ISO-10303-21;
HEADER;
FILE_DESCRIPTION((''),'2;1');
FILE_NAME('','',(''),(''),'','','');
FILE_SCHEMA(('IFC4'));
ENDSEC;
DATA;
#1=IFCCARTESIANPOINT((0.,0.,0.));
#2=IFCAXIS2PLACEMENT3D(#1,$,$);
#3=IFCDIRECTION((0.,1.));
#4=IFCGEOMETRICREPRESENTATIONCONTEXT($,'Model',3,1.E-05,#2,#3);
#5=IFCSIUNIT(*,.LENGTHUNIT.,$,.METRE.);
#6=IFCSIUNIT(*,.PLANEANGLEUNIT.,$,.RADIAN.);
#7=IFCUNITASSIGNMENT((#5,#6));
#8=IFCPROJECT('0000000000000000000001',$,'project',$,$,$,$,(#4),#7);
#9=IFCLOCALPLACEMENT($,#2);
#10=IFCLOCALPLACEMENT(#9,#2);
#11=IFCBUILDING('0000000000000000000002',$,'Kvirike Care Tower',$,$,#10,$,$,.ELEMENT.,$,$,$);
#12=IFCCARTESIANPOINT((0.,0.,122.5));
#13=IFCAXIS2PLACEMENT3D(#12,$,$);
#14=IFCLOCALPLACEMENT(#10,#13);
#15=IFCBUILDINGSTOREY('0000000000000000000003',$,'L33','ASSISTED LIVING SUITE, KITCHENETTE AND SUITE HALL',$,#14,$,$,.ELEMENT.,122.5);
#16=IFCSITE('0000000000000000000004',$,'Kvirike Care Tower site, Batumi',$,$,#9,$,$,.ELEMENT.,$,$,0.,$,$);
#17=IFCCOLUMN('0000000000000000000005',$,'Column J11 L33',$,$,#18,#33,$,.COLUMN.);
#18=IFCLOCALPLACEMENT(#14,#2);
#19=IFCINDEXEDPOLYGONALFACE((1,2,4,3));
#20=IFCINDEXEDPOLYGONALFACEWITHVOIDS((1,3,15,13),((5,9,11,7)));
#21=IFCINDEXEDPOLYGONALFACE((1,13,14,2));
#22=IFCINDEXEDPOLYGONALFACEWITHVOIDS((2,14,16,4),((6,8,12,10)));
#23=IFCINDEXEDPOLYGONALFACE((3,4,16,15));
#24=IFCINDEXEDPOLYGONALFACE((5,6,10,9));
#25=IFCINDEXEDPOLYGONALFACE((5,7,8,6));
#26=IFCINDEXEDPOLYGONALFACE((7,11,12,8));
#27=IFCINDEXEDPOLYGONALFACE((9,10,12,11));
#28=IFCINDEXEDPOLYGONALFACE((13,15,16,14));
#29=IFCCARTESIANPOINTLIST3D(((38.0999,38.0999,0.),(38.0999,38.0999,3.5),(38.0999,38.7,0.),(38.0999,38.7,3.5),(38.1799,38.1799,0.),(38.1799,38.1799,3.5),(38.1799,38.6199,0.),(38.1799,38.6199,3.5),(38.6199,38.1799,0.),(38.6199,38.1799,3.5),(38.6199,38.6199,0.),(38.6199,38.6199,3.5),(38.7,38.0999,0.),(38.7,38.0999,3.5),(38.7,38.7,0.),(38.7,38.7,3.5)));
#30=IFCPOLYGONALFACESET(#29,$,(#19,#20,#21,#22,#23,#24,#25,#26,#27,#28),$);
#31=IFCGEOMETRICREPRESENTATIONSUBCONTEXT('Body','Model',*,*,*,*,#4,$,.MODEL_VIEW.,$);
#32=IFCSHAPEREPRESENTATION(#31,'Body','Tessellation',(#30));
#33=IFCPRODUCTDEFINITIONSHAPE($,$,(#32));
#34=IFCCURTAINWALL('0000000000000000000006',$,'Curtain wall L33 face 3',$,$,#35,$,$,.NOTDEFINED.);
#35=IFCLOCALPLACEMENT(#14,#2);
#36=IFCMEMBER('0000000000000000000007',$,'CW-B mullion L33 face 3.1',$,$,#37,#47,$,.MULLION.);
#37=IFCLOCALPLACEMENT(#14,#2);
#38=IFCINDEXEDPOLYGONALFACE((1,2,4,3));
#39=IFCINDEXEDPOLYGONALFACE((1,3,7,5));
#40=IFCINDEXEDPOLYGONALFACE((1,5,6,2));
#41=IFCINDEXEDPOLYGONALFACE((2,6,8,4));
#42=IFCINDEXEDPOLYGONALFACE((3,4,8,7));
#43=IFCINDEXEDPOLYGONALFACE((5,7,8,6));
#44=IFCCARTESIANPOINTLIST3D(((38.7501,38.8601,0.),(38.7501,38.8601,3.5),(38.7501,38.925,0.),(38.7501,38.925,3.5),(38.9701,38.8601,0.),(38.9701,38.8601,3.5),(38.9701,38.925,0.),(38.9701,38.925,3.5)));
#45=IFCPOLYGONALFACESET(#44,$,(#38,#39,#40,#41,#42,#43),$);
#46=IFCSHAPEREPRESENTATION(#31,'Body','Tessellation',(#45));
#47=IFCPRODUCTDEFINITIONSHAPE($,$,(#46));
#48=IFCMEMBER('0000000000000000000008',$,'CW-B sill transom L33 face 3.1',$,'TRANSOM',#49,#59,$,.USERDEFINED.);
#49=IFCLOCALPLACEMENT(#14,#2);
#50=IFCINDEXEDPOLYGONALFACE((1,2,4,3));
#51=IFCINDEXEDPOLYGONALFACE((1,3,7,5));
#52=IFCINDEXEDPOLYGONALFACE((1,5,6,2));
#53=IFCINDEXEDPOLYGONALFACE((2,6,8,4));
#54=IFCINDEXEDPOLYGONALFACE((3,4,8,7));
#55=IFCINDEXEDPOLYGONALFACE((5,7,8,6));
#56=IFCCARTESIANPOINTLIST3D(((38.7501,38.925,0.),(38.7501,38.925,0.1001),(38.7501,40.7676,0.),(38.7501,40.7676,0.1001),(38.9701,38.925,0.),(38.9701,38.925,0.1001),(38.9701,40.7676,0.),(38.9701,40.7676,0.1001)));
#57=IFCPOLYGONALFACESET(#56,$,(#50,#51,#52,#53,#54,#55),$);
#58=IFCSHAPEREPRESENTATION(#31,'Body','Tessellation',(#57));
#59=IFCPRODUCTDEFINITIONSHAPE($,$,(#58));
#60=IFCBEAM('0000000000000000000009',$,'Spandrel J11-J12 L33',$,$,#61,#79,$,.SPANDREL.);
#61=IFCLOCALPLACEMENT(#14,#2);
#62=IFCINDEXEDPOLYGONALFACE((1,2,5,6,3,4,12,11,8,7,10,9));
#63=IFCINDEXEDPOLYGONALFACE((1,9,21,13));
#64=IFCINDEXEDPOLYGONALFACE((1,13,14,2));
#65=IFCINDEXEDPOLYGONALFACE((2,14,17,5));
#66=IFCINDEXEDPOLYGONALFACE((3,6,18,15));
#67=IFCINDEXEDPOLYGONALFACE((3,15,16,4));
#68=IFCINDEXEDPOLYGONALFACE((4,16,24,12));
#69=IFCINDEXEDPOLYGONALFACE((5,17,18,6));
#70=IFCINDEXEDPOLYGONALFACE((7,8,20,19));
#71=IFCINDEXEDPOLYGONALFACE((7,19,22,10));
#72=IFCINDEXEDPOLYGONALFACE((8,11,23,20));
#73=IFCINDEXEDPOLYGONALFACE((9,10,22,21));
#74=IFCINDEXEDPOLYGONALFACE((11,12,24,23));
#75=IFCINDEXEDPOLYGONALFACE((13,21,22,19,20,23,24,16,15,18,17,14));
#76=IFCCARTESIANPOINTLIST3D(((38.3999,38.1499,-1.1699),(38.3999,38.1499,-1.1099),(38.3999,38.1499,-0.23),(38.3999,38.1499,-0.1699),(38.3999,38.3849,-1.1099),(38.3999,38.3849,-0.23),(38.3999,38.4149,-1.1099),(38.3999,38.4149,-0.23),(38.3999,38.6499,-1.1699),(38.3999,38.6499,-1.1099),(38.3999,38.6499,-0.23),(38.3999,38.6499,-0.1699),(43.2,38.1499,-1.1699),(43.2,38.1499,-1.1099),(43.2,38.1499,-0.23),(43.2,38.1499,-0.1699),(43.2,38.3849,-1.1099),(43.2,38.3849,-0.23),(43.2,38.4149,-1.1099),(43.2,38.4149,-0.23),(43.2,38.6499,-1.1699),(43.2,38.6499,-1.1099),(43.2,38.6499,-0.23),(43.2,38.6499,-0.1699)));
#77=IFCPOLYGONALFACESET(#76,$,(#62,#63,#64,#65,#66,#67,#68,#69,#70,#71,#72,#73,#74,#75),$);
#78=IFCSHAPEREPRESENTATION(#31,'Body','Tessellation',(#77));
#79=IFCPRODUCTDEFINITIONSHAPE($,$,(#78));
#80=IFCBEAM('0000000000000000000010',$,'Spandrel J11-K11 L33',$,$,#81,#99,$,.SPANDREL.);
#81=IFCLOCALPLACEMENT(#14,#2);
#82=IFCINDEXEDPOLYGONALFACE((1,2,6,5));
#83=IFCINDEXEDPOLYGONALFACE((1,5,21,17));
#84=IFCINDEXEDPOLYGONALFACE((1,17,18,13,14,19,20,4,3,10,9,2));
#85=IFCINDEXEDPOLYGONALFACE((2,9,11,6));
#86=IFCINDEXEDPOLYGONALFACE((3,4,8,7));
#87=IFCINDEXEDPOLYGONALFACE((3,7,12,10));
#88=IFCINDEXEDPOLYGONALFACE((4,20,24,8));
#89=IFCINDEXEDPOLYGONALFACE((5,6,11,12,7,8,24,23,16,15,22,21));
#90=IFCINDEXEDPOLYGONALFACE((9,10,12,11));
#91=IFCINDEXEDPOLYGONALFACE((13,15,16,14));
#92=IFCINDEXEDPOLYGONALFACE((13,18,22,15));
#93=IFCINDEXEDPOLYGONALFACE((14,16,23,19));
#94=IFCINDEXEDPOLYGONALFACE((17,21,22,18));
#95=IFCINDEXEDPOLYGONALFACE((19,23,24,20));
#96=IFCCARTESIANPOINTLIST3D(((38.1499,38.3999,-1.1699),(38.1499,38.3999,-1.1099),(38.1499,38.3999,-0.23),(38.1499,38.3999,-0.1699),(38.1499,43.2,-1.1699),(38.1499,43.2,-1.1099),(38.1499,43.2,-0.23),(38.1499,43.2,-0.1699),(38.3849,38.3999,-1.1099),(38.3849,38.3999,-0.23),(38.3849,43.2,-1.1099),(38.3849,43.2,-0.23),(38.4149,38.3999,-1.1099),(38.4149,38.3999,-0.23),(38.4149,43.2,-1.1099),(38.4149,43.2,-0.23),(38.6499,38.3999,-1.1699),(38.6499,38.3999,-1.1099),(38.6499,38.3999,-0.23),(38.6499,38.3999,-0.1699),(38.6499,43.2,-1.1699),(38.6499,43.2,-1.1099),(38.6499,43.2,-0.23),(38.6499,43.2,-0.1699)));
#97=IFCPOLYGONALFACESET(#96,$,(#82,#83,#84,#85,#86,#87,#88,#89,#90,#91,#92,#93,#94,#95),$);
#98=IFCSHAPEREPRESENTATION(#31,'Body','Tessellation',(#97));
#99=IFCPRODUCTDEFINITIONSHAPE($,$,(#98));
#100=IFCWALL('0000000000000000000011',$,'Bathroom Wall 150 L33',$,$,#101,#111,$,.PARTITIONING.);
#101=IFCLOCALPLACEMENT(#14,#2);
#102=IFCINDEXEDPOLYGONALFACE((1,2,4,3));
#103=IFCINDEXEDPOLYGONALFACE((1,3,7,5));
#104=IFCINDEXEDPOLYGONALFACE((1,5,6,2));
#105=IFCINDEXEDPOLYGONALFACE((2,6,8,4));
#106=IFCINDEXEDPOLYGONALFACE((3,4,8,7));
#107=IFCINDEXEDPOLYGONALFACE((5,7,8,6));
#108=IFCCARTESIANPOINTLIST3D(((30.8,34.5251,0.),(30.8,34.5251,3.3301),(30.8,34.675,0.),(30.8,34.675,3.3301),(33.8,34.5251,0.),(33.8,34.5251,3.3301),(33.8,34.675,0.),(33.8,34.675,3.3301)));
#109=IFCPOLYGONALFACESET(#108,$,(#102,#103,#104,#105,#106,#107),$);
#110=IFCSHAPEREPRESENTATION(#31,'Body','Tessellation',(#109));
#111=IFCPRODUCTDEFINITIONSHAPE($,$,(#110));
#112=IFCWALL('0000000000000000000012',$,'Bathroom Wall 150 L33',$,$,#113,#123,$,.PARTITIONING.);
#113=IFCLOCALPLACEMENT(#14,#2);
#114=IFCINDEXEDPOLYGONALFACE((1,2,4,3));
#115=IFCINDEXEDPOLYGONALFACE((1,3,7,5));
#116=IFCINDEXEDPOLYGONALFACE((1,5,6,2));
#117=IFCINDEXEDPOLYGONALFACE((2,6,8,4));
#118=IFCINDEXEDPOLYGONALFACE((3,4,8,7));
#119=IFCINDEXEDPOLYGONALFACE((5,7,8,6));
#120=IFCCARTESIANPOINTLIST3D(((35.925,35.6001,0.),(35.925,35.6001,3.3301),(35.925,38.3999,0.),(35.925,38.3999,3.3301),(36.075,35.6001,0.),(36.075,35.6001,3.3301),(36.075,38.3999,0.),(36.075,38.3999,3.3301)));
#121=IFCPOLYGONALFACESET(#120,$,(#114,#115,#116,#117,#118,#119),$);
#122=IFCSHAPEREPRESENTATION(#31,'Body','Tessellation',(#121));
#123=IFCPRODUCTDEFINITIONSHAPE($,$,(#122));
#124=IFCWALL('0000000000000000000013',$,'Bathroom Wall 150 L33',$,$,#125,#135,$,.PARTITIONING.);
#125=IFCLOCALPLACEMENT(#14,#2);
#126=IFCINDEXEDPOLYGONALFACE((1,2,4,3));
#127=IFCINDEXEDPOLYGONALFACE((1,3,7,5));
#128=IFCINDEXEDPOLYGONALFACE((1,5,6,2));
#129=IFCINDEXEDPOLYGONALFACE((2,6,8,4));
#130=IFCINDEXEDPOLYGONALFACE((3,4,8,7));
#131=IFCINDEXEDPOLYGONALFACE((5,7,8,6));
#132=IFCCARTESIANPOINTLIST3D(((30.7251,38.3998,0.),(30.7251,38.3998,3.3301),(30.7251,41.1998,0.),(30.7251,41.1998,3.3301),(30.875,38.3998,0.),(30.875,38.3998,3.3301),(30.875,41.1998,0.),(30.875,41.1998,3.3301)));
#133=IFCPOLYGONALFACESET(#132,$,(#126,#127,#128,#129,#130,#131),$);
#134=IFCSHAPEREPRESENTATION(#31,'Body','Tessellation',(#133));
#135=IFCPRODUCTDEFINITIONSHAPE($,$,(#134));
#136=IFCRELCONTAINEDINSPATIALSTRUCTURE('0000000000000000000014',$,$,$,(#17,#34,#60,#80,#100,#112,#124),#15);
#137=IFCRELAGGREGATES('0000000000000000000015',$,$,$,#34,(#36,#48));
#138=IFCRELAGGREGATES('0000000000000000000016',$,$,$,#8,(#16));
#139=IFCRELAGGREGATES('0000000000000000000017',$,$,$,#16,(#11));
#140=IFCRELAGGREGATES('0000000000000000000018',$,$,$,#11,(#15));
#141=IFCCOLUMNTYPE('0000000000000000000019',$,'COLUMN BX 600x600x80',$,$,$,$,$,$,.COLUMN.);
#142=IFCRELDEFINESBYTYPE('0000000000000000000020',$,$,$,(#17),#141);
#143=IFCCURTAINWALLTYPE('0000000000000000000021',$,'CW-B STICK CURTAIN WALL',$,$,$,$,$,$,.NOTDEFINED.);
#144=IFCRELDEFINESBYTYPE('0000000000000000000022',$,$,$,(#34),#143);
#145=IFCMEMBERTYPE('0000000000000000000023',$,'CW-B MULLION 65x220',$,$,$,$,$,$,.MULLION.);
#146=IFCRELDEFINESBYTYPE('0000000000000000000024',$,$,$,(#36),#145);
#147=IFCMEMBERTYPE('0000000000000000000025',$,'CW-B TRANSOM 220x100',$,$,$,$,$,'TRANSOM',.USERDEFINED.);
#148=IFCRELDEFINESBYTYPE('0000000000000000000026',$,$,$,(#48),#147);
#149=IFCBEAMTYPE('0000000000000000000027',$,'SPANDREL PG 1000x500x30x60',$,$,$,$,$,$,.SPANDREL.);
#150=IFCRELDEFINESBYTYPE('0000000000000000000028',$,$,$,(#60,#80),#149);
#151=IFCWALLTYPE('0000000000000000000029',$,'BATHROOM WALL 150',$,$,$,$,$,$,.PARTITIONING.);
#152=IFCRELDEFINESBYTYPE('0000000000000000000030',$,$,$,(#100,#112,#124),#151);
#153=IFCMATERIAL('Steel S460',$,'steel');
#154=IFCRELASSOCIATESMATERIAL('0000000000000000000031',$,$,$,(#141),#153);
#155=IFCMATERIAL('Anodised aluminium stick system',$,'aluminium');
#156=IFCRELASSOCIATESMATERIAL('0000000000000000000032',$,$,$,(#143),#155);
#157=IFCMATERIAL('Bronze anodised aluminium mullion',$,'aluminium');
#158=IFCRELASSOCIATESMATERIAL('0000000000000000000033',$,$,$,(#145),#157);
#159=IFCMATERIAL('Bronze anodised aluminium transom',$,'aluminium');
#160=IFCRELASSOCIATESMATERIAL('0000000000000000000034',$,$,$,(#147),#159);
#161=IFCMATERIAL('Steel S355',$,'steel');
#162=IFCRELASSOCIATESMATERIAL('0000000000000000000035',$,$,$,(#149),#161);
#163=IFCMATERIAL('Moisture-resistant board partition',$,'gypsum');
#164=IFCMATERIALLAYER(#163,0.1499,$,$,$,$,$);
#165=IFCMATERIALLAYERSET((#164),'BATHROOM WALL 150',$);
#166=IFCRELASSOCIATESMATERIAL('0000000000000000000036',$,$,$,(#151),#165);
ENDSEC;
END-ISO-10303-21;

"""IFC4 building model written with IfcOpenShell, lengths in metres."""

from ifc_helpers import new_model, si_unit, direction, frame, frame_2d, origin, origin_2d, place, context, subcontext, project, spatial, rectangle, hollow_rectangle, i_section, extrude, material, layer, layer_set, material_profile, profile_set, type_object, element, aggregate, save


model = new_model("IFC4")

# Units and contexts
model_context = context("Model", 3, precision=1e-05, world=origin(), true_north=direction((0.0, 1.0)))
body_context = subcontext(model_context, "Body", "Model", "MODEL_VIEW")
ifc_project = project(units=[si_unit("LENGTHUNIT", "METRE"), si_unit("PLANEANGLEUNIT", "RADIAN")], contexts=[model_context])

# Site, building, storey
site_placement = place(None, origin())
site = spatial("IfcSite", under=ifc_project, at=site_placement, Name="Kvirike Care Tower site, Batumi", CompositionType="ELEMENT", RefElevation=0.0)
building_placement = place(site_placement, origin())
building = spatial("IfcBuilding", under=site, at=building_placement, Name="Kvirike Care Tower", CompositionType="ELEMENT")
storey_placement = place(building_placement, frame((0.0, 0.0, 122.5)))
storey = spatial("IfcBuildingStorey", under=building, at=storey_placement, Name="L33", Description="ASSISTED LIVING SUITE, KITCHENETTE AND SUITE HALL", CompositionType="ELEMENT", Elevation=122.5)

# Column
ifc_material_1 = material(Name="Steel S460", Category="steel")
ifc_material_profile_1 = material_profile(ifc_material_1, hollow_rectangle(XDim=0.6001, YDim=0.6001, WallThickness=0.0801, at=origin_2d()), Name="BX 600x600x80")
ifc_profile_set_1 = profile_set([ifc_material_profile_1], Name="Steel S460")
column_type = type_object("IfcColumnType", Name="COLUMN BX 600x600x80", PredefinedType="COLUMN", material=ifc_profile_set_1)
column_placement = place(storey_placement, frame((38.3999, 38.3999, 0.0), z_axis=(0.0, 0.0, 1.0), x_axis=(0.0, 1.0, 0.0)))
element("IfcColumn", 1, at=column_placement, inside=storey, type_object=column_type, Name="Column J11 L33", PredefinedType="COLUMN", context=body_context, shape_type="SweptSolid", body=[
    extrude(hollow_rectangle(XDim=0.6001, YDim=0.6001, WallThickness=0.0801, at=origin_2d()), origin(), (0.0, 0.0, 1.0), 3.5),
])

# Curtain wall, members
ifc_material_2 = material(Name="Anodised aluminium stick system", Category="aluminium")
curtain_wall_type = type_object("IfcCurtainWallType", Name="CW-B STICK CURTAIN WALL", PredefinedType="NOTDEFINED", material=ifc_material_2)
curtain_wall_placement = place(storey_placement, origin())
curtain_wall = element("IfcCurtainWall", 2, at=curtain_wall_placement, inside=storey, type_object=curtain_wall_type, Name="Curtain wall L33 face 3", PredefinedType="NOTDEFINED")
ifc_material_3 = material(Name="Bronze anodised aluminium mullion", Category="aluminium")
ifc_material_profile_2 = material_profile(ifc_material_3, rectangle(XDim=0.0649, YDim=0.22, at=origin_2d()), Name="CW-B MULLION 65x220")
ifc_profile_set_2 = profile_set([ifc_material_profile_2], Name="Bronze anodised aluminium mullion")
member_type_1 = type_object("IfcMemberType", Name="CW-B MULLION 65x220", PredefinedType="MULLION", material=ifc_profile_set_2)
member_1_placement = place(storey_placement, frame((38.8601, 38.8926, 0.0), z_axis=(0.0, 0.0, 1.0), x_axis=(0.0, 1.0, 0.0)))
member_1 = element("IfcMember", 3, at=member_1_placement, type_object=member_type_1, Name="CW-B mullion L33 face 3.1", PredefinedType="MULLION", context=body_context, shape_type="SweptSolid", body=[
    extrude(rectangle(XDim=0.0649, YDim=0.22, at=origin_2d()), origin(), (0.0, 0.0, 1.0), 3.5),
])
ifc_material_4 = material(Name="Bronze anodised aluminium transom", Category="aluminium")
ifc_material_profile_3 = material_profile(ifc_material_4, rectangle(XDim=0.22, YDim=0.1001, at=origin_2d()), Name="CW-B TRANSOM 220x100")
ifc_profile_set_3 = profile_set([ifc_material_profile_3], Name="Bronze anodised aluminium transom")
member_type_2 = type_object("IfcMemberType", Name="CW-B TRANSOM 220x100", ElementType="TRANSOM", PredefinedType="USERDEFINED", material=ifc_profile_set_3)
member_2_placement = place(storey_placement, frame((38.8601, 38.925, 0.05), z_axis=(0.0, 1.0, 0.0), x_axis=(-1.0, 0.0, 0.0)))
member_2 = element("IfcMember", 4, at=member_2_placement, type_object=member_type_2, Name="CW-B sill transom L33 face 3.1", ObjectType="TRANSOM", PredefinedType="USERDEFINED", context=body_context, shape_type="SweptSolid", body=[
    extrude(rectangle(XDim=0.22, YDim=0.1001, at=origin_2d()), origin(), (0.0, 0.0, 1.0), 1.8425),
])
aggregate(curtain_wall, [member_1, member_2])

# Beams
ifc_material_5 = material(Name="Steel S355", Category="steel")
ifc_material_profile_4 = material_profile(ifc_material_5, i_section(OverallWidth=0.5, OverallDepth=1.0, WebThickness=0.03, FlangeThickness=0.0601, at=origin_2d()), Name="PG 1000x500x30x60")
ifc_profile_set_4 = profile_set([ifc_material_profile_4], Name="Steel S355")
beam_type = type_object("IfcBeamType", Name="SPANDREL PG 1000x500x30x60", PredefinedType="SPANDREL", material=ifc_profile_set_4)
for number, where, z_axis, x_axis, name in (
    (5, (38.3999, 38.3999, -0.6699), (1.0, 0.0, 0.0), (0.0, 1.0, 0.0), "Spandrel J11-J12 L33"),
    (6, (38.3999, 38.3999, -0.6699), (0.0, 1.0, 0.0), (-1.0, 0.0, 0.0), "Spandrel J11-K11 L33"),
):
    element("IfcBeam", number, at=place(storey_placement, frame(where, z_axis=z_axis, x_axis=x_axis)), inside=storey, type_object=beam_type, Name=name, PredefinedType="SPANDREL", context=body_context, shape_type="SweptSolid", body=[
        extrude(i_section(OverallWidth=0.5, OverallDepth=1.0, WebThickness=0.03, FlangeThickness=0.0601, at=origin_2d()), origin(), (0.0, 0.0, 1.0), 4.8),
    ])

# Walls
ifc_material_6 = material(Name="Moisture-resistant board partition", Category="gypsum")
ifc_layer_1 = layer(ifc_material_6, 0.1499)
ifc_layer_set_1 = layer_set([ifc_layer_1], Name="BATHROOM WALL 150")
wall_type_1 = type_object("IfcWallType", Name="BATHROOM WALL 150", PredefinedType="PARTITIONING", material=ifc_layer_set_1)
wall_1_placement = place(storey_placement, frame((33.8, 34.6001, 0.0), z_axis=(0.0, 0.0, 1.0), x_axis=(-1.0, 0.0, 0.0)))
element("IfcWall", 7, at=wall_1_placement, inside=storey, type_object=wall_type_1, Name="Bathroom Wall 150 L33", PredefinedType="PARTITIONING", context=body_context, shape_type="SweptSolid", body=[
    extrude(rectangle(XDim=3.0, YDim=0.1499, at=frame_2d((1.5, 0.0))), origin(), (0.0, 0.0, 1.0), 3.3301),
])
wall_2_placement = place(storey_placement, frame((36.0, 35.6001, 0.0), z_axis=(0.0, 0.0, 1.0), x_axis=(0.0, 1.0, 0.0)))
element("IfcWall", 8, at=wall_2_placement, inside=storey, type_object=wall_type_1, Name="Bathroom Wall 150 L33", PredefinedType="PARTITIONING", context=body_context, shape_type="SweptSolid", body=[
    extrude(rectangle(XDim=2.7998, YDim=0.1499, at=frame_2d((1.3999, 0.0))), origin(), (0.0, 0.0, 1.0), 3.3301),
])
wall_3_placement = place(storey_placement, frame((30.8, 38.3999, 0.0), z_axis=(0.0, 0.0, 1.0), x_axis=(0.0, 1.0, 0.0)))
element("IfcWall", 9, at=wall_3_placement, inside=storey, type_object=wall_type_1, Name="Bathroom Wall 150 L33", PredefinedType="PARTITIONING", context=body_context, shape_type="SweptSolid", body=[
    extrude(rectangle(XDim=2.8, YDim=0.1499, at=frame_2d((1.3999, 0.0))), origin(), (0.0, 0.0, 1.0), 3.3301),
])

save(model, "model.ifc")
